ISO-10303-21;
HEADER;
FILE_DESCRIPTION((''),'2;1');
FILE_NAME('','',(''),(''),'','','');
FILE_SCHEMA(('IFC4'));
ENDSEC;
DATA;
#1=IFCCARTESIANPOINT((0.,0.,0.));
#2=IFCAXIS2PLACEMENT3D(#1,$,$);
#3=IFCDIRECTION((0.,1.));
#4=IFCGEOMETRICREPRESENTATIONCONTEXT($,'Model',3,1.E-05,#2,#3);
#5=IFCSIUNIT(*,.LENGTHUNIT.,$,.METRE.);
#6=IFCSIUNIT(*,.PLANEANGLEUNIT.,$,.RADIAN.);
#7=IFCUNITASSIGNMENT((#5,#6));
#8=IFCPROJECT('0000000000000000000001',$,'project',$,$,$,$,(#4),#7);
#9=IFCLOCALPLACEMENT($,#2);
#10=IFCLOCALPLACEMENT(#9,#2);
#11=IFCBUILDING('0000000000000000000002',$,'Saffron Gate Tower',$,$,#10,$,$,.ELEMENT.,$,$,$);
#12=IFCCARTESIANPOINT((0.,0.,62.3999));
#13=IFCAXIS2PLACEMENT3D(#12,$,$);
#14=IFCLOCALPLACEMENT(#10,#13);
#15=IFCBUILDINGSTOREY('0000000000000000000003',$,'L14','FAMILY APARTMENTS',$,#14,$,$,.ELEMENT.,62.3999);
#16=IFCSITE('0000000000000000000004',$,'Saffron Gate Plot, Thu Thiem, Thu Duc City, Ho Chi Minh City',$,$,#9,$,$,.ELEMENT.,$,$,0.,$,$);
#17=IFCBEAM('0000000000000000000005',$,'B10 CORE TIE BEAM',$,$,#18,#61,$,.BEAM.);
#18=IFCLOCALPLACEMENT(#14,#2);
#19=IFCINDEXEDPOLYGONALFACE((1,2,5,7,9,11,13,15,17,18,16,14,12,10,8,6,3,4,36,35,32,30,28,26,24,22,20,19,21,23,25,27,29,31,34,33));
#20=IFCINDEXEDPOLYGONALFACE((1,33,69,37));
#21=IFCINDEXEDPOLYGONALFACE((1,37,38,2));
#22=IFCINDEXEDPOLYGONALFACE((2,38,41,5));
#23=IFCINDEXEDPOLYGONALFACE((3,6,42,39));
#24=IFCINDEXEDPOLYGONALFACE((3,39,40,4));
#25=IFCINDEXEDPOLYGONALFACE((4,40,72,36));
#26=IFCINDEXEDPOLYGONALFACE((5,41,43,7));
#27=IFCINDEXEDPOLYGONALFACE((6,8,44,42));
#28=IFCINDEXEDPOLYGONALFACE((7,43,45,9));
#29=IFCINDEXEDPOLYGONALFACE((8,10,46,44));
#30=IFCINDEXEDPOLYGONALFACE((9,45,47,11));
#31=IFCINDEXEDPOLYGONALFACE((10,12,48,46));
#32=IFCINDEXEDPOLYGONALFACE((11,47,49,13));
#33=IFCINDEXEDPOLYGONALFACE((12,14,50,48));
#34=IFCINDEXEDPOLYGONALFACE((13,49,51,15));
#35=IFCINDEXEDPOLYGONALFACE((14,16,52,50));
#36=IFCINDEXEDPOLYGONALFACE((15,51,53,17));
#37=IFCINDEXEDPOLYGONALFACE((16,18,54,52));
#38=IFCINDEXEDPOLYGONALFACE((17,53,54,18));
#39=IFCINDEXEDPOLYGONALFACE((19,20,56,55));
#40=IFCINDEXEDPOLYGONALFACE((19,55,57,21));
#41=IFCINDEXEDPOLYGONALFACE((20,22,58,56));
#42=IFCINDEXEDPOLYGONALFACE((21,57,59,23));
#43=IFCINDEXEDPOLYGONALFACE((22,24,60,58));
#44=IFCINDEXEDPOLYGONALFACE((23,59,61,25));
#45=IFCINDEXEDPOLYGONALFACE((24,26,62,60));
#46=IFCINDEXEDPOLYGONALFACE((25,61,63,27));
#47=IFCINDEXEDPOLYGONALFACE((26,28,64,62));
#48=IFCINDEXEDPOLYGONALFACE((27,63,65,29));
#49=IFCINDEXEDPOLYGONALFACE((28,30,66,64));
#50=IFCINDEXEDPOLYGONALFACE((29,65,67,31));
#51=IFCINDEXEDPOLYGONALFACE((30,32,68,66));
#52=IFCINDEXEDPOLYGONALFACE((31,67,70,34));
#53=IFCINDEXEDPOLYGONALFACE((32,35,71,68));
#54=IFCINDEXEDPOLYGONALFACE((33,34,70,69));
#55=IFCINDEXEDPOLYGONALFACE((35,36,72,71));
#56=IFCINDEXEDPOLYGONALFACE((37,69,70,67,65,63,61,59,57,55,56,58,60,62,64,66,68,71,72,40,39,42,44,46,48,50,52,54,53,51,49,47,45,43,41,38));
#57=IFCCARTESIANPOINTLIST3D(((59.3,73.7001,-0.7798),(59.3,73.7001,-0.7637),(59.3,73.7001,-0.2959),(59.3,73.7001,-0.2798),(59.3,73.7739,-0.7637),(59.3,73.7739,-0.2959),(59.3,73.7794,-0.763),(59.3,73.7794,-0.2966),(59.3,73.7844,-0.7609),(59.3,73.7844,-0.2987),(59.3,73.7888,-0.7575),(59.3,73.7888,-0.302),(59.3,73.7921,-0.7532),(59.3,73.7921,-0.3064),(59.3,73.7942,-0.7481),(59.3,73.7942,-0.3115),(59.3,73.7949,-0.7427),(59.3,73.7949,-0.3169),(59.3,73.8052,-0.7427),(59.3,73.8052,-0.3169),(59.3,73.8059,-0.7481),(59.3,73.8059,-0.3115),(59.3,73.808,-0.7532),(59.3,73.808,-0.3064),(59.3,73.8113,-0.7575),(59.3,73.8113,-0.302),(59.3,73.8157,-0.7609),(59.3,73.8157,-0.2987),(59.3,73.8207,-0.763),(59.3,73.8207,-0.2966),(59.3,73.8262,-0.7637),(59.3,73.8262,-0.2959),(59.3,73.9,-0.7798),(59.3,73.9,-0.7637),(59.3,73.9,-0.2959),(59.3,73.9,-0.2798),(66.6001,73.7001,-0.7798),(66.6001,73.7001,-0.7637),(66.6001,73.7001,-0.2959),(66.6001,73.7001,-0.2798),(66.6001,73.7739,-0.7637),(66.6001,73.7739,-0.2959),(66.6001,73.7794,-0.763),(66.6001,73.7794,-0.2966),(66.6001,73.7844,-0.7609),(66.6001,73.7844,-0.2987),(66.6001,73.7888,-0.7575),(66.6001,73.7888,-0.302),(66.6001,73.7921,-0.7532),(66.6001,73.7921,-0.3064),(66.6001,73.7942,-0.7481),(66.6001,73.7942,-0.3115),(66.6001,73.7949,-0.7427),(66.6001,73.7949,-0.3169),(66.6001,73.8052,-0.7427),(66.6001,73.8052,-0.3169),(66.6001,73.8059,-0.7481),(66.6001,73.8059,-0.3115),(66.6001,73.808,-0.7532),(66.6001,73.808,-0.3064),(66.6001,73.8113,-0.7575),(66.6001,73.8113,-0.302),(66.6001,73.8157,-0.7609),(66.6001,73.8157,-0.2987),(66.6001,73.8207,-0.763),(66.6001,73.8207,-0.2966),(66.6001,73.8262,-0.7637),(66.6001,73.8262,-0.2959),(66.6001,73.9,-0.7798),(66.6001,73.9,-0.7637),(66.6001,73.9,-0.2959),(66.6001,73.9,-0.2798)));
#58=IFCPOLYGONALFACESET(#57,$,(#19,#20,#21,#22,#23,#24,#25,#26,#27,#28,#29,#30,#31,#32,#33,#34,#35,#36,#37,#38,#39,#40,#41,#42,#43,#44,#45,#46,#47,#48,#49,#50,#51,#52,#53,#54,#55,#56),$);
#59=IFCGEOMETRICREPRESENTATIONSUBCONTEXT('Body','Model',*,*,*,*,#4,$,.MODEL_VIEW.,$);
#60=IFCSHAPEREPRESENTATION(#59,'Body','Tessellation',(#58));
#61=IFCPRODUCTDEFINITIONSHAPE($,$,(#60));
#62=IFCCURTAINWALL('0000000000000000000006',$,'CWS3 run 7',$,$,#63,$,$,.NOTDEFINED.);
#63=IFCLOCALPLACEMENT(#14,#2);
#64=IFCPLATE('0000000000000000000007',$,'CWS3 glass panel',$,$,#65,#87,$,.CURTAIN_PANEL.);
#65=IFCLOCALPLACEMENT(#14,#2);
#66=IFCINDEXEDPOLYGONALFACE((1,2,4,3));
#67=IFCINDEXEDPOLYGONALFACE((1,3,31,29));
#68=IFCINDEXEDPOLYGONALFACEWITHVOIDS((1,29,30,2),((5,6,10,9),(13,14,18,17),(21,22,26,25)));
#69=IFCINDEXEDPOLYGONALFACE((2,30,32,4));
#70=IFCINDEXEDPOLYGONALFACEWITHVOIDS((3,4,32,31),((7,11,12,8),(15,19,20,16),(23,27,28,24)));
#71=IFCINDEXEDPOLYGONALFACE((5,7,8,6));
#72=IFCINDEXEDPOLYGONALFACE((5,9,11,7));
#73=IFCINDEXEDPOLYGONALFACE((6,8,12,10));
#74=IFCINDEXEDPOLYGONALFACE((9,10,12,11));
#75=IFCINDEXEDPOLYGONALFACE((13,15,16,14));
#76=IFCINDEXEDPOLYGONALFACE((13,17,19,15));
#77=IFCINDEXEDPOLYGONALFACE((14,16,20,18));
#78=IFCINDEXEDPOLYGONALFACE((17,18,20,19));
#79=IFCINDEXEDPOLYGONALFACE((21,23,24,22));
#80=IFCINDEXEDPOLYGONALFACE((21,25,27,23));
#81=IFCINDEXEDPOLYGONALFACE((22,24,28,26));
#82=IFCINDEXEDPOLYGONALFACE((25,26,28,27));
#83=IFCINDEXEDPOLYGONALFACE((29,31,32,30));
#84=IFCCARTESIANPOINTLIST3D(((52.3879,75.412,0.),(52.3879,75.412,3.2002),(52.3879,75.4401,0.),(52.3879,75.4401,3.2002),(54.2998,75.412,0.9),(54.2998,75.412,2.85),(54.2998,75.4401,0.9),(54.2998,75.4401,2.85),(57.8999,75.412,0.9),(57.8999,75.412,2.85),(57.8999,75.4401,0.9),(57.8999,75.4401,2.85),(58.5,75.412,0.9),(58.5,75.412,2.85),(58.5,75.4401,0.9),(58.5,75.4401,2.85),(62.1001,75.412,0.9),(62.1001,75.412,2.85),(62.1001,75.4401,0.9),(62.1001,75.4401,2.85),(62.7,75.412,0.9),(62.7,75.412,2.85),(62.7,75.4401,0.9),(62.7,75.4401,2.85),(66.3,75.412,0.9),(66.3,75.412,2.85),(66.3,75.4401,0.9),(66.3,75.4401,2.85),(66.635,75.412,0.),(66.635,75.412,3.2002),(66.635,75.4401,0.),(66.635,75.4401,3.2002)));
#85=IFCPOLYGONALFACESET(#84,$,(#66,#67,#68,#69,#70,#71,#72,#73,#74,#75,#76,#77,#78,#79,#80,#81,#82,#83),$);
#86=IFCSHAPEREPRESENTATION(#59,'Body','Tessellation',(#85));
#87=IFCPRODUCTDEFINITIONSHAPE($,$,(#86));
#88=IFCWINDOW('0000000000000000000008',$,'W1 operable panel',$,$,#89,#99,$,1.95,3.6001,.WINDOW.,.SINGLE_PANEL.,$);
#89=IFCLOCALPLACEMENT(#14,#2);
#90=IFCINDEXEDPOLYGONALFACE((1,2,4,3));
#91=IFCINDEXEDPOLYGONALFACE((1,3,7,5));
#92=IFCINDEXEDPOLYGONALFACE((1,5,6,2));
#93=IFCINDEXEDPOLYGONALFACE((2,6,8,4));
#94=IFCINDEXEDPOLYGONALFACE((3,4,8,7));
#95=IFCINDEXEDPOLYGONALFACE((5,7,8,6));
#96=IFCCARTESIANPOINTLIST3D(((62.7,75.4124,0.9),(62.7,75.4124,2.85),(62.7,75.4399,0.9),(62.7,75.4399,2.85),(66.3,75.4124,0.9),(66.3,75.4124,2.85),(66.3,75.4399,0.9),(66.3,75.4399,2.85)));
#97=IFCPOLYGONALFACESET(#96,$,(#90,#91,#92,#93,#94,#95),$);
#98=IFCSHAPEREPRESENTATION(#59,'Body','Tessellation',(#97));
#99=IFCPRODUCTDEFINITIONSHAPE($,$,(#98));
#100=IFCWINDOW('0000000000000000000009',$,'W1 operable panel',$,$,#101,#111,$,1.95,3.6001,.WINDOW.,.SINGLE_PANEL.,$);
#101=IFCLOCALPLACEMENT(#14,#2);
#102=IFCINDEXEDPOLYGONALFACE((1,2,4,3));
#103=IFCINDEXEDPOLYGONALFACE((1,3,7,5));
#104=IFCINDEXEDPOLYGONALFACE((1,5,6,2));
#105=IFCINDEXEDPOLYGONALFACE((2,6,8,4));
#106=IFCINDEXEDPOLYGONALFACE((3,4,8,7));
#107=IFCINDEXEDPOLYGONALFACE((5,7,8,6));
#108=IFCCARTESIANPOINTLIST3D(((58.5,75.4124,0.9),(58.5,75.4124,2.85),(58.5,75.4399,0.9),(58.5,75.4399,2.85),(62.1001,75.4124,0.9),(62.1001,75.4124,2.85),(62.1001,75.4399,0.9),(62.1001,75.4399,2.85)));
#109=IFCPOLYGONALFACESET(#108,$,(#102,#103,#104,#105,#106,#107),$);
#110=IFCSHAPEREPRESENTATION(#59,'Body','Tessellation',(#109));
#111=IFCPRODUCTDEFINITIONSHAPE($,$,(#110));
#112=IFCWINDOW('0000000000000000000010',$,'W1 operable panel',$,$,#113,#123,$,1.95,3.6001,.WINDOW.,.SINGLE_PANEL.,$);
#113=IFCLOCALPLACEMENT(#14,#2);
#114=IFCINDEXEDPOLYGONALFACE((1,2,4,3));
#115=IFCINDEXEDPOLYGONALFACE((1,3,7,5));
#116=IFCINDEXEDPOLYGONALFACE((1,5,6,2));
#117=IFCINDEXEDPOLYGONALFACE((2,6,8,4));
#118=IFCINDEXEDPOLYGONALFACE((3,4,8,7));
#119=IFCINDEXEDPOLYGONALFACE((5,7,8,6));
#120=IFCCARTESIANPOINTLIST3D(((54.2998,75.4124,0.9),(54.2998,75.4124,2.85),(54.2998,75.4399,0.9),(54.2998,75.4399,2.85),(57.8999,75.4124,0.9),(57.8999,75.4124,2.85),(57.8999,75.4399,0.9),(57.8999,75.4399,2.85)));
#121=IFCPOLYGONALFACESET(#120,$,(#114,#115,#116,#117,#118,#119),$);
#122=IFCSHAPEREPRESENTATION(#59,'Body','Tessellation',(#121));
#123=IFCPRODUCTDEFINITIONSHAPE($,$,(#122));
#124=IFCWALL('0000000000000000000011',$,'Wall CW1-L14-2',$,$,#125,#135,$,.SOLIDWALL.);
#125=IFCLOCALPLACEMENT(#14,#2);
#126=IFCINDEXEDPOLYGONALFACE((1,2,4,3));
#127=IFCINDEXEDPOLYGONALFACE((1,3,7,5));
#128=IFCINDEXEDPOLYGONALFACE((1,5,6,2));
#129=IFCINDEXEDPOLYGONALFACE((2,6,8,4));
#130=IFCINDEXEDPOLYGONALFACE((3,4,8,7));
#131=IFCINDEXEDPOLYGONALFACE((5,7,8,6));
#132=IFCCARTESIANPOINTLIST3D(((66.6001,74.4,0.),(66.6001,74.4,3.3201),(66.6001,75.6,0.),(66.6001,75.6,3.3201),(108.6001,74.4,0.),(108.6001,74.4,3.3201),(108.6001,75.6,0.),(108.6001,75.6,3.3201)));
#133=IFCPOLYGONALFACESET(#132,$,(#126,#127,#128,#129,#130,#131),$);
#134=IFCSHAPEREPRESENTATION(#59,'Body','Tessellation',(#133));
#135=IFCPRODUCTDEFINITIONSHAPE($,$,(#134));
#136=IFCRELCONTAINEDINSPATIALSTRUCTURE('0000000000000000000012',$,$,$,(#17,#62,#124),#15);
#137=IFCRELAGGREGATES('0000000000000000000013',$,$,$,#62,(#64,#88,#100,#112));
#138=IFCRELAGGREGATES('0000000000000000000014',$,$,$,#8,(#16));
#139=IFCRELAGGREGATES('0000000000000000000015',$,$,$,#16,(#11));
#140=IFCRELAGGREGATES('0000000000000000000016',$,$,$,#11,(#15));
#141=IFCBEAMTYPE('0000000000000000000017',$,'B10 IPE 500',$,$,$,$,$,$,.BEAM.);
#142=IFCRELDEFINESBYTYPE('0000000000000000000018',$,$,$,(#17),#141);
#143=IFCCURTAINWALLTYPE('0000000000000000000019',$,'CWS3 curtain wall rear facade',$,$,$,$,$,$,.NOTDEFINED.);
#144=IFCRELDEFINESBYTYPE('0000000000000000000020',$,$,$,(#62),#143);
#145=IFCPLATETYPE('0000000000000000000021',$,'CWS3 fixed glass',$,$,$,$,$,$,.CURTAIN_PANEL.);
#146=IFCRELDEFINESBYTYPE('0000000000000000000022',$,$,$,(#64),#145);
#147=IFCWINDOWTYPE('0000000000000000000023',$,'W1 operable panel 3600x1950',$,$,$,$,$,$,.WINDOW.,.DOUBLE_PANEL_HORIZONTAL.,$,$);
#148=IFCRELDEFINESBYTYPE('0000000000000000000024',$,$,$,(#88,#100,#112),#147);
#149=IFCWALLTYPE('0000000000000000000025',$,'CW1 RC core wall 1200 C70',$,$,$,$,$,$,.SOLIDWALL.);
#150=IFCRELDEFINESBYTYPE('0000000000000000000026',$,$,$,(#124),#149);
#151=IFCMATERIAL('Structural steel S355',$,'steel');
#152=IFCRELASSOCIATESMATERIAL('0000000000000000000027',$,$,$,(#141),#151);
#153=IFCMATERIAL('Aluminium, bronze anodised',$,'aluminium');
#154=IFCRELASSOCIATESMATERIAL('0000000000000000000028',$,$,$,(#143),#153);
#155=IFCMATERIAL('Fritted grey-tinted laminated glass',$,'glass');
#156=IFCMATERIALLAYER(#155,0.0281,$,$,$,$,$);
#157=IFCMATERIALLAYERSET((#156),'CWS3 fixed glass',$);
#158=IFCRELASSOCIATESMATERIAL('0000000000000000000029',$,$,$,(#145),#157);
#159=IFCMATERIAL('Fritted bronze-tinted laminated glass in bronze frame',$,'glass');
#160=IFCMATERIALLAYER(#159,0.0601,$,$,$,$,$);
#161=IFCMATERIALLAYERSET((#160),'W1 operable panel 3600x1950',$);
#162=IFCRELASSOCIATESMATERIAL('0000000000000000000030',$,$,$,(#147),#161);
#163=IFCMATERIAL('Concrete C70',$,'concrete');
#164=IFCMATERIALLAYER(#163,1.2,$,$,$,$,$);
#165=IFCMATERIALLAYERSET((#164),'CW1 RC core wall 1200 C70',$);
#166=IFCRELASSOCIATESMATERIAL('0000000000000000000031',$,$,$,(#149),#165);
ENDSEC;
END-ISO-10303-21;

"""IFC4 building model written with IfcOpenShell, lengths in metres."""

from ifc_helpers import new_model, si_unit, direction, frame, frame_2d, origin, origin_2d, place, context, subcontext, project, spatial, rectangle, i_section, extrude, material, layer, layer_set, material_profile, profile_set, type_object, element, fill, aggregate, save


model = new_model("IFC4")

# Units and contexts
model_context = context("Model", 3, precision=1e-05, world=origin(), true_north=direction((0.0, 1.0)))
body_context = subcontext(model_context, "Body", "Model", "MODEL_VIEW")
ifc_project = project(units=[si_unit("LENGTHUNIT", "METRE"), si_unit("PLANEANGLEUNIT", "RADIAN")], contexts=[model_context])

# Site, building, storey
site_placement = place(None, origin())
site = spatial("IfcSite", under=ifc_project, at=site_placement, Name="Saffron Gate Plot, Thu Thiem, Thu Duc City, Ho Chi Minh City", CompositionType="ELEMENT", RefElevation=0.0)
building_placement = place(site_placement, origin())
building = spatial("IfcBuilding", under=site, at=building_placement, Name="Saffron Gate Tower", CompositionType="ELEMENT")
storey_placement = place(building_placement, frame((0.0, 0.0, 62.3999)))
storey = spatial("IfcBuildingStorey", under=building, at=storey_placement, Name="L14", Description="FAMILY APARTMENTS", CompositionType="ELEMENT", Elevation=62.3999)

# Beam
ifc_material_1 = material(Name="Structural steel S355", Category="steel")
ifc_material_profile = material_profile(ifc_material_1, i_section(OverallWidth=0.2, OverallDepth=0.5, WebThickness=0.0103, FlangeThickness=0.0161, FilletRadius=0.021, at=origin_2d()))
ifc_profile_set = profile_set([ifc_material_profile], Name="Structural steel S355")
beam_type = type_object("IfcBeamType", Name="B10 IPE 500", PredefinedType="BEAM", material=ifc_profile_set)
beam_placement = place(storey_placement, frame((59.3, 73.8, -0.5298), z_axis=(1.0, 0.0, 0.0), x_axis=(0.0, 1.0, 0.0)))
element("IfcBeam", 1, at=beam_placement, inside=storey, type_object=beam_type, Name="B10 CORE TIE BEAM", PredefinedType="BEAM", context=body_context, shape_type="SweptSolid", body=[
    extrude(i_section(OverallWidth=0.2, OverallDepth=0.5, WebThickness=0.0103, FlangeThickness=0.0161, FilletRadius=0.021, at=origin_2d()), origin(), (0.0, 0.0, 1.0), 7.3),
])

# Curtain wall, plate, openings, windows
ifc_material_2 = material(Name="Aluminium, bronze anodised", Category="aluminium")
curtain_wall_type = type_object("IfcCurtainWallType", Name="CWS3 curtain wall rear facade", PredefinedType="NOTDEFINED", material=ifc_material_2)
curtain_wall_placement = place(storey_placement, origin())
curtain_wall = element("IfcCurtainWall", 2, at=curtain_wall_placement, inside=storey, type_object=curtain_wall_type, Name="CWS3 run 7", PredefinedType="NOTDEFINED")
ifc_material_3 = material(Name="Fritted grey-tinted laminated glass", Category="glass")
ifc_layer_1 = layer(ifc_material_3, 0.0281)
ifc_layer_set_1 = layer_set([ifc_layer_1], Name="CWS3 fixed glass")
plate_type = type_object("IfcPlateType", Name="CWS3 fixed glass", PredefinedType="CURTAIN_PANEL", material=ifc_layer_set_1)
plate_placement = place(storey_placement, frame((66.635, 75.426, 0.0), z_axis=(0.0, 0.0, 1.0), x_axis=(-1.0, 0.0, 0.0)))
plate = element("IfcPlate", 3, at=plate_placement, type_object=plate_type, Name="CWS3 glass panel", PredefinedType="CURTAIN_PANEL", context=body_context, shape_type="SweptSolid", body=[
    extrude(rectangle(XDim=14.2471, YDim=0.0281, at=frame_2d((7.1235, 0.0))), origin(), (0.0, 0.0, 1.0), 3.2002),
])
opening_1_placement = place(plate_placement, frame((0.335, 0.0, 0.8999)))
opening_1 = element("IfcOpeningElement", 4, at=opening_1_placement, cuts=plate, PredefinedType="OPENING", context=body_context, shape_type="SweptSolid", body=[
    extrude(rectangle(XDim=3.6001, YDim=1.95, at=frame_2d((1.8, 0.9751))), frame((0.0, 0.0239, 0.0), z_axis=(0.0, -1.0, 0.0), x_axis=(1.0, 0.0, 0.0)), (0.0, 0.0, 1.0), 0.0481),
])
opening_2_placement = place(plate_placement, frame((4.5349, 0.0, 0.8999)))
opening_2 = element("IfcOpeningElement", 5, at=opening_2_placement, cuts=plate, PredefinedType="OPENING", context=body_context, shape_type="SweptSolid", body=[
    extrude(rectangle(XDim=3.6001, YDim=1.95, at=frame_2d((1.8, 0.9751))), frame((0.0, 0.0239, 0.0), z_axis=(0.0, -1.0, 0.0), x_axis=(1.0, 0.0, 0.0)), (0.0, 0.0, 1.0), 0.0481),
])
opening_3_placement = place(plate_placement, frame((8.7351, 0.0, 0.8999)))
opening_3 = element("IfcOpeningElement", 6, at=opening_3_placement, cuts=plate, PredefinedType="OPENING", context=body_context, shape_type="SweptSolid", body=[
    extrude(rectangle(XDim=3.6001, YDim=1.95, at=frame_2d((1.8, 0.9751))), frame((0.0, 0.0239, 0.0), z_axis=(0.0, -1.0, 0.0), x_axis=(1.0, 0.0, 0.0)), (0.0, 0.0, 1.0), 0.0481),
])
ifc_material_4 = material(Name="Fritted bronze-tinted laminated glass in bronze frame", Category="glass")
ifc_layer_2 = layer(ifc_material_4, 0.0601)
ifc_layer_set_2 = layer_set([ifc_layer_2], Name="W1 operable panel 3600x1950")
window_type = type_object("IfcWindowType", Name="W1 operable panel 3600x1950", PartitioningType="DOUBLE_PANEL_HORIZONTAL", PredefinedType="WINDOW", material=ifc_layer_set_2)
window_1_placement = place(opening_1_placement, origin())
window_1 = element("IfcWindow", 7, at=window_1_placement, type_object=window_type, Name="W1 operable panel", OverallHeight=1.95, OverallWidth=3.6001, PartitioningType="SINGLE_PANEL", PredefinedType="WINDOW", context=body_context, shape_type="SweptSolid", body=[
    extrude(rectangle(XDim=3.6001, YDim=1.95, at=frame_2d((1.8, 0.9751))), frame((0.0, 0.0137, 0.0), z_axis=(0.0, -1.0, 0.0), x_axis=(1.0, 0.0, 0.0)), (0.0, 0.0, 1.0), 0.0276),
])
fill(opening_1, window_1)
window_2_placement = place(opening_2_placement, origin())
window_2 = element("IfcWindow", 8, at=window_2_placement, type_object=window_type, Name="W1 operable panel", OverallHeight=1.95, OverallWidth=3.6001, PartitioningType="SINGLE_PANEL", PredefinedType="WINDOW", context=body_context, shape_type="SweptSolid", body=[
    extrude(rectangle(XDim=3.6001, YDim=1.95, at=frame_2d((1.8, 0.9751))), frame((0.0, 0.0137, 0.0), z_axis=(0.0, -1.0, 0.0), x_axis=(1.0, 0.0, 0.0)), (0.0, 0.0, 1.0), 0.0276),
])
fill(opening_2, window_2)
window_3_placement = place(opening_3_placement, origin())
window_3 = element("IfcWindow", 9, at=window_3_placement, type_object=window_type, Name="W1 operable panel", OverallHeight=1.95, OverallWidth=3.6001, PartitioningType="SINGLE_PANEL", PredefinedType="WINDOW", context=body_context, shape_type="SweptSolid", body=[
    extrude(rectangle(XDim=3.6001, YDim=1.95, at=frame_2d((1.8, 0.9751))), frame((0.0, 0.0137, 0.0), z_axis=(0.0, -1.0, 0.0), x_axis=(1.0, 0.0, 0.0)), (0.0, 0.0, 1.0), 0.0276),
])
fill(opening_3, window_3)
aggregate(curtain_wall, [plate, window_1, window_2, window_3])

# Wall
ifc_material_5 = material(Name="Concrete C70", Category="concrete")
ifc_layer_3 = layer(ifc_material_5, 1.2)
ifc_layer_set_3 = layer_set([ifc_layer_3], Name="CW1 RC core wall 1200 C70")
wall_type_1 = type_object("IfcWallType", Name="CW1 RC core wall 1200 C70", PredefinedType="SOLIDWALL", material=ifc_layer_set_3)
wall_1_placement = place(storey_placement, frame((66.6001, 75.0, 0.0), z_axis=(0.0, 0.0, 1.0), x_axis=(1.0, 0.0, 0.0)))
element("IfcWall", 10, at=wall_1_placement, inside=storey, type_object=wall_type_1, Name="Wall CW1-L14-2", PredefinedType="SOLIDWALL", context=body_context, shape_type="SweptSolid", body=[
    extrude(rectangle(XDim=42.0, YDim=1.2, at=frame_2d((21.0, 0.0))), origin(), (0.0, 0.0, 1.0), 3.3201),
])

save(model, "model.ifc")
